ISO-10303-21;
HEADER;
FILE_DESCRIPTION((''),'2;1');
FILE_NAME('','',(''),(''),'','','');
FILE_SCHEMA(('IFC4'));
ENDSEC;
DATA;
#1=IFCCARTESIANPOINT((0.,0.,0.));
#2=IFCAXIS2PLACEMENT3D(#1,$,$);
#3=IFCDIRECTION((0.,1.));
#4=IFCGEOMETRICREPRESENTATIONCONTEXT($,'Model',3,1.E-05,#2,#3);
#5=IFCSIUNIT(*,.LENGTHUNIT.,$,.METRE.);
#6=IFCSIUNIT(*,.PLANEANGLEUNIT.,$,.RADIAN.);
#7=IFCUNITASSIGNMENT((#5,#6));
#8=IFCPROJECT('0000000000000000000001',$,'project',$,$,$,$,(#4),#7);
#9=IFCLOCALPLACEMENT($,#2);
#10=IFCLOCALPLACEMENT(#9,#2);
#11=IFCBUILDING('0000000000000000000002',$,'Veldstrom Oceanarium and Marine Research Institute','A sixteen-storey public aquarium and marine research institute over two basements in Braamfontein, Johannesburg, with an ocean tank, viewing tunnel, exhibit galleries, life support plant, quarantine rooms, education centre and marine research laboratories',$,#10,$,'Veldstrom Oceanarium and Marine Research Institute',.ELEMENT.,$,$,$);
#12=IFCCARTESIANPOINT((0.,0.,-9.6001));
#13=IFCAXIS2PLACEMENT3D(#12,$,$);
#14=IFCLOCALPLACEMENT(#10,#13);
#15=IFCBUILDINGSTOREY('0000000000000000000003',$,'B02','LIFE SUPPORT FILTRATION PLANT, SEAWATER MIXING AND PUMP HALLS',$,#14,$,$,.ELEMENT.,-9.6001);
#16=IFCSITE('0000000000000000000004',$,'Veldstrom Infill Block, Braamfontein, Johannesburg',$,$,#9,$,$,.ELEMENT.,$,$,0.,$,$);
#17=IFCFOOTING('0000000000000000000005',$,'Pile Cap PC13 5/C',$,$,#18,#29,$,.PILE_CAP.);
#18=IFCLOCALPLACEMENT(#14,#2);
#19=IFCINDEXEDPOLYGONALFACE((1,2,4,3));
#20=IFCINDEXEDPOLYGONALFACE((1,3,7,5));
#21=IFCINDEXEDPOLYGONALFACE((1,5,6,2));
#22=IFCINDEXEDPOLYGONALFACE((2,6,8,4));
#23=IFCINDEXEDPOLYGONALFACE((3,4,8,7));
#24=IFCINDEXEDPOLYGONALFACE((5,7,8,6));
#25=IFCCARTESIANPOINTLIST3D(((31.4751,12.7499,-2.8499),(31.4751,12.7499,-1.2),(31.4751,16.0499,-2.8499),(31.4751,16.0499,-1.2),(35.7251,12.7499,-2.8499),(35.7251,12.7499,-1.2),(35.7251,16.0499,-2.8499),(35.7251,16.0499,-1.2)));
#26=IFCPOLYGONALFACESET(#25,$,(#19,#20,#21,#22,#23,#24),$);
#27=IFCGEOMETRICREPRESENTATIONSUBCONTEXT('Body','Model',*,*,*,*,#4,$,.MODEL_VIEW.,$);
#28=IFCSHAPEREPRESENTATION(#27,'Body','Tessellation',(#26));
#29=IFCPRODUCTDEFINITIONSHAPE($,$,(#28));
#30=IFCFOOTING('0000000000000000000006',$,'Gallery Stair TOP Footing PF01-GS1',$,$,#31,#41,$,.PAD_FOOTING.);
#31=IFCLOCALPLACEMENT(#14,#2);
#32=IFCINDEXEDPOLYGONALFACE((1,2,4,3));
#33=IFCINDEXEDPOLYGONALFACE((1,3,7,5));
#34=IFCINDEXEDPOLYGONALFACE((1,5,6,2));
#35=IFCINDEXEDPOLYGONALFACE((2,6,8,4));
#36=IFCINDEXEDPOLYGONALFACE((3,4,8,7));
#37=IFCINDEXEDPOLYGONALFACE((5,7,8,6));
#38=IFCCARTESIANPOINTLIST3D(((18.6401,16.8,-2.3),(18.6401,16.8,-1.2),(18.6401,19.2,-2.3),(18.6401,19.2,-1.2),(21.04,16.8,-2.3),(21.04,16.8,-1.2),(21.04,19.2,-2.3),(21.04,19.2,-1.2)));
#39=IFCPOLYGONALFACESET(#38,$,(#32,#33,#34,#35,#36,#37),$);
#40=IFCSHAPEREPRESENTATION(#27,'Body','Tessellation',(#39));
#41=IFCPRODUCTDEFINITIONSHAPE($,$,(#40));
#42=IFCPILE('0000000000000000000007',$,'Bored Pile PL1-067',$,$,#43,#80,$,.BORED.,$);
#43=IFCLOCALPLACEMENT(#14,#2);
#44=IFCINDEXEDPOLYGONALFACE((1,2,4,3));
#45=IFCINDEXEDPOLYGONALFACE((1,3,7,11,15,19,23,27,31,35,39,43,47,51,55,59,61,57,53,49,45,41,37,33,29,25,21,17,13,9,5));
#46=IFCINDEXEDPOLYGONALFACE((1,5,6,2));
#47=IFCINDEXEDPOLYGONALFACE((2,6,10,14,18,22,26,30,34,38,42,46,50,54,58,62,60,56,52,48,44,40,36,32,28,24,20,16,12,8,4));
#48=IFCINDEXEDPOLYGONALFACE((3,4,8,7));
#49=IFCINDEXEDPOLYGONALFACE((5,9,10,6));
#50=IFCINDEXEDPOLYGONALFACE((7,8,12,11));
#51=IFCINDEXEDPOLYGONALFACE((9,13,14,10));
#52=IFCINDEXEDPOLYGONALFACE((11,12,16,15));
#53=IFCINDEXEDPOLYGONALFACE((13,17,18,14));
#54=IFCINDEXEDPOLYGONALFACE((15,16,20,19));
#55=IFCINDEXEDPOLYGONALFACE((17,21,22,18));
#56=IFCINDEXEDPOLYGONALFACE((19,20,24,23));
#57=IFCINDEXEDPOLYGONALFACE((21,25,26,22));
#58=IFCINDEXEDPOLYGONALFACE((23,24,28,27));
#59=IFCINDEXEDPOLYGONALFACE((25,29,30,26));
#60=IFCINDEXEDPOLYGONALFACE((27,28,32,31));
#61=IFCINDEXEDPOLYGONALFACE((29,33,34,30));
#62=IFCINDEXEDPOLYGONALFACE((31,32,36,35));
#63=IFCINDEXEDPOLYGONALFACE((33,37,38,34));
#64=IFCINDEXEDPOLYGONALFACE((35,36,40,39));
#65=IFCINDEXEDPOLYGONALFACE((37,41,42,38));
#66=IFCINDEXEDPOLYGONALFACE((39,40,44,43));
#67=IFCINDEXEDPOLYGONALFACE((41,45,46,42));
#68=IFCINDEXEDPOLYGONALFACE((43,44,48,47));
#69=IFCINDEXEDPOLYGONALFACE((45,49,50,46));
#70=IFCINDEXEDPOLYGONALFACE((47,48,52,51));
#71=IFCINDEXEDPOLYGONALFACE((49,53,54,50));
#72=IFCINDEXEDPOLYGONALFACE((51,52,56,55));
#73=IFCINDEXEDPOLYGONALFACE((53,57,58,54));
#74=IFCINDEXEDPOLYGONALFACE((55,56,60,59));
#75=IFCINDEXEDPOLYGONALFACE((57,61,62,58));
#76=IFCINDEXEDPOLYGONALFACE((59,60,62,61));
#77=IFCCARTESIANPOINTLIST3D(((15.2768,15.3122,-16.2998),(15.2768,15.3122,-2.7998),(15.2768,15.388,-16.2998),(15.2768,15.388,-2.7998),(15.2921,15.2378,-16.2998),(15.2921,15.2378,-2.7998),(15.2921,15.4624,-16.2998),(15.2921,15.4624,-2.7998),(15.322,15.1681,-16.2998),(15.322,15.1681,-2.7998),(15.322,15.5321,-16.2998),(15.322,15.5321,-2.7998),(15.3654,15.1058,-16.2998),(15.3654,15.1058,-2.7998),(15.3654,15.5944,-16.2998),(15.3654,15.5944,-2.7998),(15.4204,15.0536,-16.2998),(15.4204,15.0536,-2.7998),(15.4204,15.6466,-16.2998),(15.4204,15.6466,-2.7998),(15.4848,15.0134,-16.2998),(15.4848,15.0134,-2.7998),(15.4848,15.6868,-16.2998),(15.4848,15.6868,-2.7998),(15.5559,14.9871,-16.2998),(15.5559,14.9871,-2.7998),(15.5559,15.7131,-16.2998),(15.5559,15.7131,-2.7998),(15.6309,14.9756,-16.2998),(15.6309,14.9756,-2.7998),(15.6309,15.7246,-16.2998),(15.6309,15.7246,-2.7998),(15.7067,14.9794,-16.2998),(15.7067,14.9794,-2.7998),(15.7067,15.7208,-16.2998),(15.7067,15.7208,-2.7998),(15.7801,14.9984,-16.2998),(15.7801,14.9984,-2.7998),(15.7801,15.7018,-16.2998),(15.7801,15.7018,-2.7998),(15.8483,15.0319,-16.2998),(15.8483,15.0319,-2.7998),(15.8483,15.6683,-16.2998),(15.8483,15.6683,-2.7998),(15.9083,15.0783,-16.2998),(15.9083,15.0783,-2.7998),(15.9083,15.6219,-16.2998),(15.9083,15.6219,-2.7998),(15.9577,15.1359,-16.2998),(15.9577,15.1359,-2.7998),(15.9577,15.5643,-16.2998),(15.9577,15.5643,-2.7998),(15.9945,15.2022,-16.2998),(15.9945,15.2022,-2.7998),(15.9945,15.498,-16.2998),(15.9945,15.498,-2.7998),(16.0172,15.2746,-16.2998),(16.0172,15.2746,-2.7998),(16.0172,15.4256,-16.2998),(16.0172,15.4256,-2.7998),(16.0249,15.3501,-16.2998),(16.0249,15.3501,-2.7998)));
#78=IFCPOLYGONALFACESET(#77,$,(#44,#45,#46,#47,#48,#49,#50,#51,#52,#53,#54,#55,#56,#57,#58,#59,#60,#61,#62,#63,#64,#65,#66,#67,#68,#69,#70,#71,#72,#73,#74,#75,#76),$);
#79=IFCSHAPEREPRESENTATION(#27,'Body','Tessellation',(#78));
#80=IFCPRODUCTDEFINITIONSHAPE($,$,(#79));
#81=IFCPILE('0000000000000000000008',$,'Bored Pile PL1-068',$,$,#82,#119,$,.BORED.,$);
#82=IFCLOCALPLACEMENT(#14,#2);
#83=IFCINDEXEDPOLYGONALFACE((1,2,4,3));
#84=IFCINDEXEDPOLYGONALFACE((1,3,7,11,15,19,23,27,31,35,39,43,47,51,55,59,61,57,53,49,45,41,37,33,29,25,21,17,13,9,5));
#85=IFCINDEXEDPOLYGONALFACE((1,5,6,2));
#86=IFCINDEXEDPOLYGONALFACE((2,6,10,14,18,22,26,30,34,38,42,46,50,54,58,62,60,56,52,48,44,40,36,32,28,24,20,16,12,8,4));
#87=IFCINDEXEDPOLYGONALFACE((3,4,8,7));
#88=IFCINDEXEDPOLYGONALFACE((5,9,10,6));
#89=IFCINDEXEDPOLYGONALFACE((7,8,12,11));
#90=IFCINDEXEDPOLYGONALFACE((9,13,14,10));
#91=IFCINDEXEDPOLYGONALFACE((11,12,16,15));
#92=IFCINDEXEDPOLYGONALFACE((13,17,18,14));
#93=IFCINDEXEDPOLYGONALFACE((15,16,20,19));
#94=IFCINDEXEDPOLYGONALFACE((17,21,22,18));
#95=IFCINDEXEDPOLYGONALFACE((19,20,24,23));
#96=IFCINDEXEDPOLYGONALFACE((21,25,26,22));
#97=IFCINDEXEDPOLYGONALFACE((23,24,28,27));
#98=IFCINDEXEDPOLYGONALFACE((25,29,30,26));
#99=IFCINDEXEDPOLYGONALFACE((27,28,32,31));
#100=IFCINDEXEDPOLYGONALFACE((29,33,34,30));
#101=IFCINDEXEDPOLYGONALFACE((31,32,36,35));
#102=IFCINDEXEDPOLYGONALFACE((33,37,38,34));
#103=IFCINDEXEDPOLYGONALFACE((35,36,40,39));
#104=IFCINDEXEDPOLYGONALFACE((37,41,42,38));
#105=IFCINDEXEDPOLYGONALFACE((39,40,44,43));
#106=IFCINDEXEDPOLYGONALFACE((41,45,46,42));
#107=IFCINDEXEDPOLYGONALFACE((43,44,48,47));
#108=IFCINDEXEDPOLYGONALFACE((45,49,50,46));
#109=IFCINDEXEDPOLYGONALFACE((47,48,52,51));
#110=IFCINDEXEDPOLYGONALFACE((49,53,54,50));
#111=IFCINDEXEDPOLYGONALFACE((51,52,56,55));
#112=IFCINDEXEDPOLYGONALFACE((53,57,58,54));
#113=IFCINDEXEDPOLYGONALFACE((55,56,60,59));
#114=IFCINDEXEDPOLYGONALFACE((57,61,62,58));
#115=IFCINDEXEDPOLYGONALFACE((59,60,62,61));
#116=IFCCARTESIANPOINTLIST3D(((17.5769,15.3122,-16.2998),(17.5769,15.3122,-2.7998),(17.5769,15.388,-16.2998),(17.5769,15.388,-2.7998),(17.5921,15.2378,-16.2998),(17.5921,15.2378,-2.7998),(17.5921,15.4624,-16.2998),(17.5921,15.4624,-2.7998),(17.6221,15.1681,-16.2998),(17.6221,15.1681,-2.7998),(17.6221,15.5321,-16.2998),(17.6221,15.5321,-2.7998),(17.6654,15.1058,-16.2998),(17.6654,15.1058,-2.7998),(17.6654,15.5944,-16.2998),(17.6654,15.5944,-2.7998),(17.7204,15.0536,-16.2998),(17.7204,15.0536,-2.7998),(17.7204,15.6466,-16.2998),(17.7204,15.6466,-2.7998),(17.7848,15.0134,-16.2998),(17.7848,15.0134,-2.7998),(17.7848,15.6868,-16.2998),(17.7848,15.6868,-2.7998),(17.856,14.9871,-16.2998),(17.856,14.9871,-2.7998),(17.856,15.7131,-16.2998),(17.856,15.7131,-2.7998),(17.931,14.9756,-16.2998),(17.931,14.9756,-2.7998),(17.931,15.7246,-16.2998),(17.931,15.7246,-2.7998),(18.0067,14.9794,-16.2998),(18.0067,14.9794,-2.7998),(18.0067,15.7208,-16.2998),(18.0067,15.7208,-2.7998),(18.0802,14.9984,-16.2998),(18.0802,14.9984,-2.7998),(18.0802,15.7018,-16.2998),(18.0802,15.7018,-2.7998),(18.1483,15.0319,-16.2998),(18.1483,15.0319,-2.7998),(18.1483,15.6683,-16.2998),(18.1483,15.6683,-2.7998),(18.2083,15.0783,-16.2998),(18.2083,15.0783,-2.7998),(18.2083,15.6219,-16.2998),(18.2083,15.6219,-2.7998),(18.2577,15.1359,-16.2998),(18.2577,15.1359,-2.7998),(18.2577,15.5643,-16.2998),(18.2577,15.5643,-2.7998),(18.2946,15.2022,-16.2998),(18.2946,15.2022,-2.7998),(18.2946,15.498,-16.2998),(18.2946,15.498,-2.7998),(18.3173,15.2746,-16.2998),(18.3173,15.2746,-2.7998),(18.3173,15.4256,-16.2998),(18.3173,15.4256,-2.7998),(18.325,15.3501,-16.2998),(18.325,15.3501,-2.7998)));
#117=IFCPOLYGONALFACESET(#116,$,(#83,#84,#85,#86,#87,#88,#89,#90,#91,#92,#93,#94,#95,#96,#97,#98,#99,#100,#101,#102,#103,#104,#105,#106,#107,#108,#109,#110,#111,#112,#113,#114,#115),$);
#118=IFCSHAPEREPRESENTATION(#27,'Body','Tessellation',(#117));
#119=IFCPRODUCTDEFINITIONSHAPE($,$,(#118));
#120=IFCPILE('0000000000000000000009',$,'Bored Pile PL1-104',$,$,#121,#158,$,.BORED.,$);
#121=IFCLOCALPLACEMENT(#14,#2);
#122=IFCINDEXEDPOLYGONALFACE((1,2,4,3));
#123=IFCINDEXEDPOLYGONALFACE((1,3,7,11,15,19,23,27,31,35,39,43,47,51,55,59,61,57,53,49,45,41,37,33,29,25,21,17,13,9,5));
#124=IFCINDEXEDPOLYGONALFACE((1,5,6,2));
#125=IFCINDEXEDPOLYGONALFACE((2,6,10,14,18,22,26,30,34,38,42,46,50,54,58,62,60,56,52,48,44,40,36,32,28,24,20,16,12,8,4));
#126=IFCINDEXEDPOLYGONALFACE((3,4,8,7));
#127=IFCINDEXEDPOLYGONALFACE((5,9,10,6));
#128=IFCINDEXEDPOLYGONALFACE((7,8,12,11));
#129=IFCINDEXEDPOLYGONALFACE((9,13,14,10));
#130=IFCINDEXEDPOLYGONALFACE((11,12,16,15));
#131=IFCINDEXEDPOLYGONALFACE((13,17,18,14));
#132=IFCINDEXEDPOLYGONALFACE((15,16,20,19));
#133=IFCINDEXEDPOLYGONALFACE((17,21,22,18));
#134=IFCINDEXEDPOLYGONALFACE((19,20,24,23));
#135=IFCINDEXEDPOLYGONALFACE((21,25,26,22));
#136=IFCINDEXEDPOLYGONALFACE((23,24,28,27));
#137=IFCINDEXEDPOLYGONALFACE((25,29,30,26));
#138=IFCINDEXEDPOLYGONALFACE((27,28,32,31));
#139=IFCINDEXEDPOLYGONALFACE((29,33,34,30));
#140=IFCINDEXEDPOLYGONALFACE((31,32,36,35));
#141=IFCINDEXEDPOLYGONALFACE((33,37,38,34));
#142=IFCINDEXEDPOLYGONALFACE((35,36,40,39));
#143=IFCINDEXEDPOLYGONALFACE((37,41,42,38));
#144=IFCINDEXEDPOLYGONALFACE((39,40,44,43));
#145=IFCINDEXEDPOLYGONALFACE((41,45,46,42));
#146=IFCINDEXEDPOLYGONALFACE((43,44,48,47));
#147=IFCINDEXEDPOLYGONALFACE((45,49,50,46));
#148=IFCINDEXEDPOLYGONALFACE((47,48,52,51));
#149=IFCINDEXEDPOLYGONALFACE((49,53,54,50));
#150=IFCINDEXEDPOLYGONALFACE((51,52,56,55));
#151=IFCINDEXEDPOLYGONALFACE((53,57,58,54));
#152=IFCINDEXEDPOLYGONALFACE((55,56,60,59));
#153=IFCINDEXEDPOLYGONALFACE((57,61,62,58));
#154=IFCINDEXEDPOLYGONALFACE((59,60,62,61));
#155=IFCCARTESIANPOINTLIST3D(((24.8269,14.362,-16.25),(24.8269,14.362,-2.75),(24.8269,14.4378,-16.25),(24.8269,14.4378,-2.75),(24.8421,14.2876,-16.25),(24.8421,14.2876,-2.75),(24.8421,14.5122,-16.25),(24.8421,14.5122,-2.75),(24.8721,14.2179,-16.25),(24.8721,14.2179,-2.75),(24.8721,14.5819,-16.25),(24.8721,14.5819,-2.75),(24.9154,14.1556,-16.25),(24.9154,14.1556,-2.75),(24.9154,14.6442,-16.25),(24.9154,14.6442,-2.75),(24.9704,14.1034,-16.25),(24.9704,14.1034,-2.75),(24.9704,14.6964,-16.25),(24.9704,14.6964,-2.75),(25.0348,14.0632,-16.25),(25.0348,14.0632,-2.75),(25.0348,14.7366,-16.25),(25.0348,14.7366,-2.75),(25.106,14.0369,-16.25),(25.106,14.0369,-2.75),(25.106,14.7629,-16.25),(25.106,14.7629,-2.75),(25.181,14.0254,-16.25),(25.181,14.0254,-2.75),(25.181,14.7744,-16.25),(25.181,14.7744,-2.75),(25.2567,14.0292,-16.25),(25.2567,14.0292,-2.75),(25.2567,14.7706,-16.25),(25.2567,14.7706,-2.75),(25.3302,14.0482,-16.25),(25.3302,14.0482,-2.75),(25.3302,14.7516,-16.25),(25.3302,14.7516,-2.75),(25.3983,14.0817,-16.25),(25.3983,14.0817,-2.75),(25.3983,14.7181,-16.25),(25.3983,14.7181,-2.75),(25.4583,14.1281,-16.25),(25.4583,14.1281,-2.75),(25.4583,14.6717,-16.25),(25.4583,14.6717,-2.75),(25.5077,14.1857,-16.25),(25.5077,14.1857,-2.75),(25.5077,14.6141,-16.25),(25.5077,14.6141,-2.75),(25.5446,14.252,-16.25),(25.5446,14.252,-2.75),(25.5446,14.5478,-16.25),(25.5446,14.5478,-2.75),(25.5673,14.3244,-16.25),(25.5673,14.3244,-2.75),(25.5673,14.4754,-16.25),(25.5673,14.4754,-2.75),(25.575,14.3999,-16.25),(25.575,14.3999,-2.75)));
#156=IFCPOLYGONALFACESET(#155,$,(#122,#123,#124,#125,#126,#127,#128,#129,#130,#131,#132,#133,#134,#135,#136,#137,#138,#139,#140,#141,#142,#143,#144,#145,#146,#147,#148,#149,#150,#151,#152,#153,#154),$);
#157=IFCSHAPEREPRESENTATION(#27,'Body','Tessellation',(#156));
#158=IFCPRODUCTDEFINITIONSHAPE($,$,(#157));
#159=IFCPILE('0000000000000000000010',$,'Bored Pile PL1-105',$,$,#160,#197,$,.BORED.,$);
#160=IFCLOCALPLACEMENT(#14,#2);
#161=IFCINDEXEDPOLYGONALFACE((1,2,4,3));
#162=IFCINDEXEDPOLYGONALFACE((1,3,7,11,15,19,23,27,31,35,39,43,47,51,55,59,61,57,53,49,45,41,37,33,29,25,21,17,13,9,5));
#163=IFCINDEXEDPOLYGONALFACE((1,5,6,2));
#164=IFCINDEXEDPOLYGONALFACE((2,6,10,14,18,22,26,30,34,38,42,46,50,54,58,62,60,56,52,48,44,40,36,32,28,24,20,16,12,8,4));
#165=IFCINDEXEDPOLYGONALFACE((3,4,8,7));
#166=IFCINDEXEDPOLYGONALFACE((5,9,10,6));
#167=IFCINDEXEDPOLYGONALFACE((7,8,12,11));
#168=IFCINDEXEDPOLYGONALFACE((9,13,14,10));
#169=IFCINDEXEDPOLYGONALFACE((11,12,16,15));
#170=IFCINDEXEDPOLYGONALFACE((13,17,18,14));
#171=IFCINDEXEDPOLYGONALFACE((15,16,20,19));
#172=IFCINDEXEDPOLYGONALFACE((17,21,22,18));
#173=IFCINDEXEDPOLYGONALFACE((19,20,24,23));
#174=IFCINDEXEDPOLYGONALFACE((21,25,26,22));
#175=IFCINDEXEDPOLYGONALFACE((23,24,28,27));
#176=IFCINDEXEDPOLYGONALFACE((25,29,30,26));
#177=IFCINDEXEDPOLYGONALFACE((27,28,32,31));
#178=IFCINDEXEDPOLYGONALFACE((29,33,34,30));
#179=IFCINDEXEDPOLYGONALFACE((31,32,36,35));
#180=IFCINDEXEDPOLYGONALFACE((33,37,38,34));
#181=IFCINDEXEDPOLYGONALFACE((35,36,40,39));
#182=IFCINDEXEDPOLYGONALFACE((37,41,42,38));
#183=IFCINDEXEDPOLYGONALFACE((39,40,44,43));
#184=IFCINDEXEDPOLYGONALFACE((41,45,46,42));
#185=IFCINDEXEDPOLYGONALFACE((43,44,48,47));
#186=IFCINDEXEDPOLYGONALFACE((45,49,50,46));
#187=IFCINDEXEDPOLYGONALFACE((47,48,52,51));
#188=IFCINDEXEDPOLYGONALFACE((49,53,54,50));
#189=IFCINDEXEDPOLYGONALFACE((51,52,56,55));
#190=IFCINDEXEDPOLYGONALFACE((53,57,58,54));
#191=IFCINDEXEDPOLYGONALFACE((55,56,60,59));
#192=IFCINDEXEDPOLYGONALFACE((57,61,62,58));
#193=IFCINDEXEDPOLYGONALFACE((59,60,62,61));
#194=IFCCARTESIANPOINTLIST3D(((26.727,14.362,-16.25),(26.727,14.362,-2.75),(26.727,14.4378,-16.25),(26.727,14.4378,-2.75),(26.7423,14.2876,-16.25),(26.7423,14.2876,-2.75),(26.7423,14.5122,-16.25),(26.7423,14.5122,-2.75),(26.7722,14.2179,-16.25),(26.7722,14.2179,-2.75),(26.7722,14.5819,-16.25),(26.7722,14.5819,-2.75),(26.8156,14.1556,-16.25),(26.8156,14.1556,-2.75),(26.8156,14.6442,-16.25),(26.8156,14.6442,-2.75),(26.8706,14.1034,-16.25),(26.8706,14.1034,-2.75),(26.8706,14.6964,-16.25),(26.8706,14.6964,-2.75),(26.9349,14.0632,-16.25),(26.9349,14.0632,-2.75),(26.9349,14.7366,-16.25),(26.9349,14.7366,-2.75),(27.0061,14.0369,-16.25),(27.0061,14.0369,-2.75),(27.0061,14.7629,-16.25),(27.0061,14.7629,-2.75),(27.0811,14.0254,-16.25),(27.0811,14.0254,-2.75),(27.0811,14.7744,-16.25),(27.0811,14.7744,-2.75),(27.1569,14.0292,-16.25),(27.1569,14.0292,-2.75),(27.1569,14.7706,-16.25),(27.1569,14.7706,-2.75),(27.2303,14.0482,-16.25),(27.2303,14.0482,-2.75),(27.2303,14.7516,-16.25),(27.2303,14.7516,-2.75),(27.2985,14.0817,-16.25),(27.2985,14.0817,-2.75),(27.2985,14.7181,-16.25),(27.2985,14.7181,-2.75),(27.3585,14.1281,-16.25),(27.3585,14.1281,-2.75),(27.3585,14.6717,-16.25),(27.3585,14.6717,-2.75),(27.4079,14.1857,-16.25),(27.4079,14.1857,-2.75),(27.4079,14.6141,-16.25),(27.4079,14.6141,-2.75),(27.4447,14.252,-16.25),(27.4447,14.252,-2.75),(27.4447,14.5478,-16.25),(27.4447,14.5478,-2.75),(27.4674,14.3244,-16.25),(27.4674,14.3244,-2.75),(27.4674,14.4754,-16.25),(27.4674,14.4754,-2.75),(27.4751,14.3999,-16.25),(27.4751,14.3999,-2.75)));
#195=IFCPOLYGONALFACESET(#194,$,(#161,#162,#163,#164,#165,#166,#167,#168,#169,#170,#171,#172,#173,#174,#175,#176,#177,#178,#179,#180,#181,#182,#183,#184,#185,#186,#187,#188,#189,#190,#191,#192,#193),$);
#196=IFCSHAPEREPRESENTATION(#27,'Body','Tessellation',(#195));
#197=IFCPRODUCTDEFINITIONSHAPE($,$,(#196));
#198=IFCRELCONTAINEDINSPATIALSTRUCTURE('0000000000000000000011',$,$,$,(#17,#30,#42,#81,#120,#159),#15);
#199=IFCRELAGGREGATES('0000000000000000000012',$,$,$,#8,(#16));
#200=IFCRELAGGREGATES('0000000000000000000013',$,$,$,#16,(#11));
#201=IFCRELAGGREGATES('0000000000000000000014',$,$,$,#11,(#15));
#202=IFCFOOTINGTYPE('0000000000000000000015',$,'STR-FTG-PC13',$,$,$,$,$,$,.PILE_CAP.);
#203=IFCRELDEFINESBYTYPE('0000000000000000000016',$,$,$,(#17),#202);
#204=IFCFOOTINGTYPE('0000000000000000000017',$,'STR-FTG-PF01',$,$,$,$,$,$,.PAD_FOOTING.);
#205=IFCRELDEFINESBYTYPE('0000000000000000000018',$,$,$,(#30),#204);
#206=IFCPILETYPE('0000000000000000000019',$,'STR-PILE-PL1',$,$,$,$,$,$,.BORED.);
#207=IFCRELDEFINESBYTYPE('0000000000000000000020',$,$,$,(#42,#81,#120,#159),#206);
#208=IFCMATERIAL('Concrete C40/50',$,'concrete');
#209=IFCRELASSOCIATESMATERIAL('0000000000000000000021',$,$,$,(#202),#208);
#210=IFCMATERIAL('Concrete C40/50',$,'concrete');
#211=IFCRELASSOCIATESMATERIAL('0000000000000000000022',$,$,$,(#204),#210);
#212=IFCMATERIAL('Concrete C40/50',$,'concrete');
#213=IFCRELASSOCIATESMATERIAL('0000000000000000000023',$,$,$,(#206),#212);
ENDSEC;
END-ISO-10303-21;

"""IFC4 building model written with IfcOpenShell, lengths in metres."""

from ifc_helpers import new_model, si_unit, direction, frame, origin, origin_2d, place, context, subcontext, project, spatial, rectangle, circle, extrude, material, material_profile, profile_set, type_object, element, save


model = new_model("IFC4")

# Units and contexts
model_context = context("Model", 3, precision=1e-05, world=origin(), true_north=direction((0.0, 1.0)))
body_context = subcontext(model_context, "Body", "Model", "MODEL_VIEW")
ifc_project = project(units=[si_unit("LENGTHUNIT", "METRE"), si_unit("PLANEANGLEUNIT", "RADIAN")], contexts=[model_context])

# Site, building, storey
site_placement = place(None, origin())
site = spatial("IfcSite", under=ifc_project, at=site_placement, Name="Veldstrom Infill Block, Braamfontein, Johannesburg", CompositionType="ELEMENT", RefElevation=0.0)
building_placement = place(site_placement, origin())
building = spatial("IfcBuilding", under=site, at=building_placement, Name="Veldstrom Oceanarium and Marine Research Institute", Description="A sixteen-storey public aquarium and marine research institute over two basements in Braamfontein, Johannesburg, with an ocean tank, viewing tunnel, exhibit galleries, life support plant, quarantine rooms, education centre and marine research laboratories", LongName="Veldstrom Oceanarium and Marine Research Institute", CompositionType="ELEMENT")
storey_placement = place(building_placement, frame((0.0, 0.0, -9.6001)))
storey = spatial("IfcBuildingStorey", under=building, at=storey_placement, Name="B02", Description="LIFE SUPPORT FILTRATION PLANT, SEAWATER MIXING AND PUMP HALLS", CompositionType="ELEMENT", Elevation=-9.6001)

# Footings
ifc_material_1 = material(Name="Concrete C40/50", Category="concrete")
footing_type_1 = type_object("IfcFootingType", Name="STR-FTG-PC13", PredefinedType="PILE_CAP", material=ifc_material_1)
footing_1_placement = place(storey_placement, frame((33.6001, 14.3999, -2.8499), z_axis=(0.0, 0.0, 1.0), x_axis=(1.0, 0.0, 0.0)))
element("IfcFooting", 1, at=footing_1_placement, inside=storey, type_object=footing_type_1, Name="Pile Cap PC13 5/C", PredefinedType="PILE_CAP", context=body_context, shape_type="SweptSolid", body=[
    extrude(rectangle(XDim=4.25, YDim=3.3, at=origin_2d()), origin(), (0.0, 0.0, 1.0), 1.6499),
])
ifc_material_2 = material(Name="Concrete C40/50", Category="concrete")
footing_type_2 = type_object("IfcFootingType", Name="STR-FTG-PF01", PredefinedType="PAD_FOOTING", material=ifc_material_2)
footing_2_placement = place(storey_placement, frame((19.8401, 18.0, -2.3), z_axis=(0.0, 0.0, 1.0), x_axis=(1.0, 0.0, 0.0)))
element("IfcFooting", 2, at=footing_2_placement, inside=storey, type_object=footing_type_2, Name="Gallery Stair TOP Footing PF01-GS1", PredefinedType="PAD_FOOTING", context=body_context, shape_type="SweptSolid", body=[
    extrude(rectangle(XDim=2.3999, YDim=2.3999, at=origin_2d()), origin(), (0.0, 0.0, 1.0), 1.1001),
])

# Piles
ifc_material_3 = material(Name="Concrete C40/50", Category="concrete")
ifc_material_profile_1 = material_profile(ifc_material_3, circle(Radius=0.375, at=origin_2d()), Name="PILE-D750")
ifc_profile_set_1 = profile_set([ifc_material_profile_1], Name="Concrete C40/50")
pile_type_1 = type_object("IfcPileType", Name="STR-PILE-PL1", PredefinedType="BORED", material=ifc_profile_set_1)
for number, where, z_axis, x_axis, name in (
    (3, (15.6499, 15.3501, -2.7998), (0.0, 0.0, -1.0), (1.0, 0.0, 0.0), "Bored Pile PL1-067"),
    (4, (17.95, 15.3501, -2.7998), (0.0, 0.0, -1.0), (1.0, 0.0, 0.0), "Bored Pile PL1-068"),
    (5, (25.2, 14.3999, -2.75), (0.0, 0.0, -1.0), (1.0, 0.0, 0.0), "Bored Pile PL1-104"),
    (6, (27.1001, 14.3999, -2.75), (0.0, 0.0, -1.0), (1.0, 0.0, 0.0), "Bored Pile PL1-105"),
):
    element("IfcPile", number, at=place(storey_placement, frame(where, z_axis=z_axis, x_axis=x_axis)), inside=storey, type_object=pile_type_1, Name=name, PredefinedType="BORED", context=body_context, shape_type="SweptSolid", body=[
        extrude(circle(Radius=0.375, at=origin_2d()), origin(), (0.0, 0.0, 1.0), 13.5),
    ])

save(model, "model.ifc")
